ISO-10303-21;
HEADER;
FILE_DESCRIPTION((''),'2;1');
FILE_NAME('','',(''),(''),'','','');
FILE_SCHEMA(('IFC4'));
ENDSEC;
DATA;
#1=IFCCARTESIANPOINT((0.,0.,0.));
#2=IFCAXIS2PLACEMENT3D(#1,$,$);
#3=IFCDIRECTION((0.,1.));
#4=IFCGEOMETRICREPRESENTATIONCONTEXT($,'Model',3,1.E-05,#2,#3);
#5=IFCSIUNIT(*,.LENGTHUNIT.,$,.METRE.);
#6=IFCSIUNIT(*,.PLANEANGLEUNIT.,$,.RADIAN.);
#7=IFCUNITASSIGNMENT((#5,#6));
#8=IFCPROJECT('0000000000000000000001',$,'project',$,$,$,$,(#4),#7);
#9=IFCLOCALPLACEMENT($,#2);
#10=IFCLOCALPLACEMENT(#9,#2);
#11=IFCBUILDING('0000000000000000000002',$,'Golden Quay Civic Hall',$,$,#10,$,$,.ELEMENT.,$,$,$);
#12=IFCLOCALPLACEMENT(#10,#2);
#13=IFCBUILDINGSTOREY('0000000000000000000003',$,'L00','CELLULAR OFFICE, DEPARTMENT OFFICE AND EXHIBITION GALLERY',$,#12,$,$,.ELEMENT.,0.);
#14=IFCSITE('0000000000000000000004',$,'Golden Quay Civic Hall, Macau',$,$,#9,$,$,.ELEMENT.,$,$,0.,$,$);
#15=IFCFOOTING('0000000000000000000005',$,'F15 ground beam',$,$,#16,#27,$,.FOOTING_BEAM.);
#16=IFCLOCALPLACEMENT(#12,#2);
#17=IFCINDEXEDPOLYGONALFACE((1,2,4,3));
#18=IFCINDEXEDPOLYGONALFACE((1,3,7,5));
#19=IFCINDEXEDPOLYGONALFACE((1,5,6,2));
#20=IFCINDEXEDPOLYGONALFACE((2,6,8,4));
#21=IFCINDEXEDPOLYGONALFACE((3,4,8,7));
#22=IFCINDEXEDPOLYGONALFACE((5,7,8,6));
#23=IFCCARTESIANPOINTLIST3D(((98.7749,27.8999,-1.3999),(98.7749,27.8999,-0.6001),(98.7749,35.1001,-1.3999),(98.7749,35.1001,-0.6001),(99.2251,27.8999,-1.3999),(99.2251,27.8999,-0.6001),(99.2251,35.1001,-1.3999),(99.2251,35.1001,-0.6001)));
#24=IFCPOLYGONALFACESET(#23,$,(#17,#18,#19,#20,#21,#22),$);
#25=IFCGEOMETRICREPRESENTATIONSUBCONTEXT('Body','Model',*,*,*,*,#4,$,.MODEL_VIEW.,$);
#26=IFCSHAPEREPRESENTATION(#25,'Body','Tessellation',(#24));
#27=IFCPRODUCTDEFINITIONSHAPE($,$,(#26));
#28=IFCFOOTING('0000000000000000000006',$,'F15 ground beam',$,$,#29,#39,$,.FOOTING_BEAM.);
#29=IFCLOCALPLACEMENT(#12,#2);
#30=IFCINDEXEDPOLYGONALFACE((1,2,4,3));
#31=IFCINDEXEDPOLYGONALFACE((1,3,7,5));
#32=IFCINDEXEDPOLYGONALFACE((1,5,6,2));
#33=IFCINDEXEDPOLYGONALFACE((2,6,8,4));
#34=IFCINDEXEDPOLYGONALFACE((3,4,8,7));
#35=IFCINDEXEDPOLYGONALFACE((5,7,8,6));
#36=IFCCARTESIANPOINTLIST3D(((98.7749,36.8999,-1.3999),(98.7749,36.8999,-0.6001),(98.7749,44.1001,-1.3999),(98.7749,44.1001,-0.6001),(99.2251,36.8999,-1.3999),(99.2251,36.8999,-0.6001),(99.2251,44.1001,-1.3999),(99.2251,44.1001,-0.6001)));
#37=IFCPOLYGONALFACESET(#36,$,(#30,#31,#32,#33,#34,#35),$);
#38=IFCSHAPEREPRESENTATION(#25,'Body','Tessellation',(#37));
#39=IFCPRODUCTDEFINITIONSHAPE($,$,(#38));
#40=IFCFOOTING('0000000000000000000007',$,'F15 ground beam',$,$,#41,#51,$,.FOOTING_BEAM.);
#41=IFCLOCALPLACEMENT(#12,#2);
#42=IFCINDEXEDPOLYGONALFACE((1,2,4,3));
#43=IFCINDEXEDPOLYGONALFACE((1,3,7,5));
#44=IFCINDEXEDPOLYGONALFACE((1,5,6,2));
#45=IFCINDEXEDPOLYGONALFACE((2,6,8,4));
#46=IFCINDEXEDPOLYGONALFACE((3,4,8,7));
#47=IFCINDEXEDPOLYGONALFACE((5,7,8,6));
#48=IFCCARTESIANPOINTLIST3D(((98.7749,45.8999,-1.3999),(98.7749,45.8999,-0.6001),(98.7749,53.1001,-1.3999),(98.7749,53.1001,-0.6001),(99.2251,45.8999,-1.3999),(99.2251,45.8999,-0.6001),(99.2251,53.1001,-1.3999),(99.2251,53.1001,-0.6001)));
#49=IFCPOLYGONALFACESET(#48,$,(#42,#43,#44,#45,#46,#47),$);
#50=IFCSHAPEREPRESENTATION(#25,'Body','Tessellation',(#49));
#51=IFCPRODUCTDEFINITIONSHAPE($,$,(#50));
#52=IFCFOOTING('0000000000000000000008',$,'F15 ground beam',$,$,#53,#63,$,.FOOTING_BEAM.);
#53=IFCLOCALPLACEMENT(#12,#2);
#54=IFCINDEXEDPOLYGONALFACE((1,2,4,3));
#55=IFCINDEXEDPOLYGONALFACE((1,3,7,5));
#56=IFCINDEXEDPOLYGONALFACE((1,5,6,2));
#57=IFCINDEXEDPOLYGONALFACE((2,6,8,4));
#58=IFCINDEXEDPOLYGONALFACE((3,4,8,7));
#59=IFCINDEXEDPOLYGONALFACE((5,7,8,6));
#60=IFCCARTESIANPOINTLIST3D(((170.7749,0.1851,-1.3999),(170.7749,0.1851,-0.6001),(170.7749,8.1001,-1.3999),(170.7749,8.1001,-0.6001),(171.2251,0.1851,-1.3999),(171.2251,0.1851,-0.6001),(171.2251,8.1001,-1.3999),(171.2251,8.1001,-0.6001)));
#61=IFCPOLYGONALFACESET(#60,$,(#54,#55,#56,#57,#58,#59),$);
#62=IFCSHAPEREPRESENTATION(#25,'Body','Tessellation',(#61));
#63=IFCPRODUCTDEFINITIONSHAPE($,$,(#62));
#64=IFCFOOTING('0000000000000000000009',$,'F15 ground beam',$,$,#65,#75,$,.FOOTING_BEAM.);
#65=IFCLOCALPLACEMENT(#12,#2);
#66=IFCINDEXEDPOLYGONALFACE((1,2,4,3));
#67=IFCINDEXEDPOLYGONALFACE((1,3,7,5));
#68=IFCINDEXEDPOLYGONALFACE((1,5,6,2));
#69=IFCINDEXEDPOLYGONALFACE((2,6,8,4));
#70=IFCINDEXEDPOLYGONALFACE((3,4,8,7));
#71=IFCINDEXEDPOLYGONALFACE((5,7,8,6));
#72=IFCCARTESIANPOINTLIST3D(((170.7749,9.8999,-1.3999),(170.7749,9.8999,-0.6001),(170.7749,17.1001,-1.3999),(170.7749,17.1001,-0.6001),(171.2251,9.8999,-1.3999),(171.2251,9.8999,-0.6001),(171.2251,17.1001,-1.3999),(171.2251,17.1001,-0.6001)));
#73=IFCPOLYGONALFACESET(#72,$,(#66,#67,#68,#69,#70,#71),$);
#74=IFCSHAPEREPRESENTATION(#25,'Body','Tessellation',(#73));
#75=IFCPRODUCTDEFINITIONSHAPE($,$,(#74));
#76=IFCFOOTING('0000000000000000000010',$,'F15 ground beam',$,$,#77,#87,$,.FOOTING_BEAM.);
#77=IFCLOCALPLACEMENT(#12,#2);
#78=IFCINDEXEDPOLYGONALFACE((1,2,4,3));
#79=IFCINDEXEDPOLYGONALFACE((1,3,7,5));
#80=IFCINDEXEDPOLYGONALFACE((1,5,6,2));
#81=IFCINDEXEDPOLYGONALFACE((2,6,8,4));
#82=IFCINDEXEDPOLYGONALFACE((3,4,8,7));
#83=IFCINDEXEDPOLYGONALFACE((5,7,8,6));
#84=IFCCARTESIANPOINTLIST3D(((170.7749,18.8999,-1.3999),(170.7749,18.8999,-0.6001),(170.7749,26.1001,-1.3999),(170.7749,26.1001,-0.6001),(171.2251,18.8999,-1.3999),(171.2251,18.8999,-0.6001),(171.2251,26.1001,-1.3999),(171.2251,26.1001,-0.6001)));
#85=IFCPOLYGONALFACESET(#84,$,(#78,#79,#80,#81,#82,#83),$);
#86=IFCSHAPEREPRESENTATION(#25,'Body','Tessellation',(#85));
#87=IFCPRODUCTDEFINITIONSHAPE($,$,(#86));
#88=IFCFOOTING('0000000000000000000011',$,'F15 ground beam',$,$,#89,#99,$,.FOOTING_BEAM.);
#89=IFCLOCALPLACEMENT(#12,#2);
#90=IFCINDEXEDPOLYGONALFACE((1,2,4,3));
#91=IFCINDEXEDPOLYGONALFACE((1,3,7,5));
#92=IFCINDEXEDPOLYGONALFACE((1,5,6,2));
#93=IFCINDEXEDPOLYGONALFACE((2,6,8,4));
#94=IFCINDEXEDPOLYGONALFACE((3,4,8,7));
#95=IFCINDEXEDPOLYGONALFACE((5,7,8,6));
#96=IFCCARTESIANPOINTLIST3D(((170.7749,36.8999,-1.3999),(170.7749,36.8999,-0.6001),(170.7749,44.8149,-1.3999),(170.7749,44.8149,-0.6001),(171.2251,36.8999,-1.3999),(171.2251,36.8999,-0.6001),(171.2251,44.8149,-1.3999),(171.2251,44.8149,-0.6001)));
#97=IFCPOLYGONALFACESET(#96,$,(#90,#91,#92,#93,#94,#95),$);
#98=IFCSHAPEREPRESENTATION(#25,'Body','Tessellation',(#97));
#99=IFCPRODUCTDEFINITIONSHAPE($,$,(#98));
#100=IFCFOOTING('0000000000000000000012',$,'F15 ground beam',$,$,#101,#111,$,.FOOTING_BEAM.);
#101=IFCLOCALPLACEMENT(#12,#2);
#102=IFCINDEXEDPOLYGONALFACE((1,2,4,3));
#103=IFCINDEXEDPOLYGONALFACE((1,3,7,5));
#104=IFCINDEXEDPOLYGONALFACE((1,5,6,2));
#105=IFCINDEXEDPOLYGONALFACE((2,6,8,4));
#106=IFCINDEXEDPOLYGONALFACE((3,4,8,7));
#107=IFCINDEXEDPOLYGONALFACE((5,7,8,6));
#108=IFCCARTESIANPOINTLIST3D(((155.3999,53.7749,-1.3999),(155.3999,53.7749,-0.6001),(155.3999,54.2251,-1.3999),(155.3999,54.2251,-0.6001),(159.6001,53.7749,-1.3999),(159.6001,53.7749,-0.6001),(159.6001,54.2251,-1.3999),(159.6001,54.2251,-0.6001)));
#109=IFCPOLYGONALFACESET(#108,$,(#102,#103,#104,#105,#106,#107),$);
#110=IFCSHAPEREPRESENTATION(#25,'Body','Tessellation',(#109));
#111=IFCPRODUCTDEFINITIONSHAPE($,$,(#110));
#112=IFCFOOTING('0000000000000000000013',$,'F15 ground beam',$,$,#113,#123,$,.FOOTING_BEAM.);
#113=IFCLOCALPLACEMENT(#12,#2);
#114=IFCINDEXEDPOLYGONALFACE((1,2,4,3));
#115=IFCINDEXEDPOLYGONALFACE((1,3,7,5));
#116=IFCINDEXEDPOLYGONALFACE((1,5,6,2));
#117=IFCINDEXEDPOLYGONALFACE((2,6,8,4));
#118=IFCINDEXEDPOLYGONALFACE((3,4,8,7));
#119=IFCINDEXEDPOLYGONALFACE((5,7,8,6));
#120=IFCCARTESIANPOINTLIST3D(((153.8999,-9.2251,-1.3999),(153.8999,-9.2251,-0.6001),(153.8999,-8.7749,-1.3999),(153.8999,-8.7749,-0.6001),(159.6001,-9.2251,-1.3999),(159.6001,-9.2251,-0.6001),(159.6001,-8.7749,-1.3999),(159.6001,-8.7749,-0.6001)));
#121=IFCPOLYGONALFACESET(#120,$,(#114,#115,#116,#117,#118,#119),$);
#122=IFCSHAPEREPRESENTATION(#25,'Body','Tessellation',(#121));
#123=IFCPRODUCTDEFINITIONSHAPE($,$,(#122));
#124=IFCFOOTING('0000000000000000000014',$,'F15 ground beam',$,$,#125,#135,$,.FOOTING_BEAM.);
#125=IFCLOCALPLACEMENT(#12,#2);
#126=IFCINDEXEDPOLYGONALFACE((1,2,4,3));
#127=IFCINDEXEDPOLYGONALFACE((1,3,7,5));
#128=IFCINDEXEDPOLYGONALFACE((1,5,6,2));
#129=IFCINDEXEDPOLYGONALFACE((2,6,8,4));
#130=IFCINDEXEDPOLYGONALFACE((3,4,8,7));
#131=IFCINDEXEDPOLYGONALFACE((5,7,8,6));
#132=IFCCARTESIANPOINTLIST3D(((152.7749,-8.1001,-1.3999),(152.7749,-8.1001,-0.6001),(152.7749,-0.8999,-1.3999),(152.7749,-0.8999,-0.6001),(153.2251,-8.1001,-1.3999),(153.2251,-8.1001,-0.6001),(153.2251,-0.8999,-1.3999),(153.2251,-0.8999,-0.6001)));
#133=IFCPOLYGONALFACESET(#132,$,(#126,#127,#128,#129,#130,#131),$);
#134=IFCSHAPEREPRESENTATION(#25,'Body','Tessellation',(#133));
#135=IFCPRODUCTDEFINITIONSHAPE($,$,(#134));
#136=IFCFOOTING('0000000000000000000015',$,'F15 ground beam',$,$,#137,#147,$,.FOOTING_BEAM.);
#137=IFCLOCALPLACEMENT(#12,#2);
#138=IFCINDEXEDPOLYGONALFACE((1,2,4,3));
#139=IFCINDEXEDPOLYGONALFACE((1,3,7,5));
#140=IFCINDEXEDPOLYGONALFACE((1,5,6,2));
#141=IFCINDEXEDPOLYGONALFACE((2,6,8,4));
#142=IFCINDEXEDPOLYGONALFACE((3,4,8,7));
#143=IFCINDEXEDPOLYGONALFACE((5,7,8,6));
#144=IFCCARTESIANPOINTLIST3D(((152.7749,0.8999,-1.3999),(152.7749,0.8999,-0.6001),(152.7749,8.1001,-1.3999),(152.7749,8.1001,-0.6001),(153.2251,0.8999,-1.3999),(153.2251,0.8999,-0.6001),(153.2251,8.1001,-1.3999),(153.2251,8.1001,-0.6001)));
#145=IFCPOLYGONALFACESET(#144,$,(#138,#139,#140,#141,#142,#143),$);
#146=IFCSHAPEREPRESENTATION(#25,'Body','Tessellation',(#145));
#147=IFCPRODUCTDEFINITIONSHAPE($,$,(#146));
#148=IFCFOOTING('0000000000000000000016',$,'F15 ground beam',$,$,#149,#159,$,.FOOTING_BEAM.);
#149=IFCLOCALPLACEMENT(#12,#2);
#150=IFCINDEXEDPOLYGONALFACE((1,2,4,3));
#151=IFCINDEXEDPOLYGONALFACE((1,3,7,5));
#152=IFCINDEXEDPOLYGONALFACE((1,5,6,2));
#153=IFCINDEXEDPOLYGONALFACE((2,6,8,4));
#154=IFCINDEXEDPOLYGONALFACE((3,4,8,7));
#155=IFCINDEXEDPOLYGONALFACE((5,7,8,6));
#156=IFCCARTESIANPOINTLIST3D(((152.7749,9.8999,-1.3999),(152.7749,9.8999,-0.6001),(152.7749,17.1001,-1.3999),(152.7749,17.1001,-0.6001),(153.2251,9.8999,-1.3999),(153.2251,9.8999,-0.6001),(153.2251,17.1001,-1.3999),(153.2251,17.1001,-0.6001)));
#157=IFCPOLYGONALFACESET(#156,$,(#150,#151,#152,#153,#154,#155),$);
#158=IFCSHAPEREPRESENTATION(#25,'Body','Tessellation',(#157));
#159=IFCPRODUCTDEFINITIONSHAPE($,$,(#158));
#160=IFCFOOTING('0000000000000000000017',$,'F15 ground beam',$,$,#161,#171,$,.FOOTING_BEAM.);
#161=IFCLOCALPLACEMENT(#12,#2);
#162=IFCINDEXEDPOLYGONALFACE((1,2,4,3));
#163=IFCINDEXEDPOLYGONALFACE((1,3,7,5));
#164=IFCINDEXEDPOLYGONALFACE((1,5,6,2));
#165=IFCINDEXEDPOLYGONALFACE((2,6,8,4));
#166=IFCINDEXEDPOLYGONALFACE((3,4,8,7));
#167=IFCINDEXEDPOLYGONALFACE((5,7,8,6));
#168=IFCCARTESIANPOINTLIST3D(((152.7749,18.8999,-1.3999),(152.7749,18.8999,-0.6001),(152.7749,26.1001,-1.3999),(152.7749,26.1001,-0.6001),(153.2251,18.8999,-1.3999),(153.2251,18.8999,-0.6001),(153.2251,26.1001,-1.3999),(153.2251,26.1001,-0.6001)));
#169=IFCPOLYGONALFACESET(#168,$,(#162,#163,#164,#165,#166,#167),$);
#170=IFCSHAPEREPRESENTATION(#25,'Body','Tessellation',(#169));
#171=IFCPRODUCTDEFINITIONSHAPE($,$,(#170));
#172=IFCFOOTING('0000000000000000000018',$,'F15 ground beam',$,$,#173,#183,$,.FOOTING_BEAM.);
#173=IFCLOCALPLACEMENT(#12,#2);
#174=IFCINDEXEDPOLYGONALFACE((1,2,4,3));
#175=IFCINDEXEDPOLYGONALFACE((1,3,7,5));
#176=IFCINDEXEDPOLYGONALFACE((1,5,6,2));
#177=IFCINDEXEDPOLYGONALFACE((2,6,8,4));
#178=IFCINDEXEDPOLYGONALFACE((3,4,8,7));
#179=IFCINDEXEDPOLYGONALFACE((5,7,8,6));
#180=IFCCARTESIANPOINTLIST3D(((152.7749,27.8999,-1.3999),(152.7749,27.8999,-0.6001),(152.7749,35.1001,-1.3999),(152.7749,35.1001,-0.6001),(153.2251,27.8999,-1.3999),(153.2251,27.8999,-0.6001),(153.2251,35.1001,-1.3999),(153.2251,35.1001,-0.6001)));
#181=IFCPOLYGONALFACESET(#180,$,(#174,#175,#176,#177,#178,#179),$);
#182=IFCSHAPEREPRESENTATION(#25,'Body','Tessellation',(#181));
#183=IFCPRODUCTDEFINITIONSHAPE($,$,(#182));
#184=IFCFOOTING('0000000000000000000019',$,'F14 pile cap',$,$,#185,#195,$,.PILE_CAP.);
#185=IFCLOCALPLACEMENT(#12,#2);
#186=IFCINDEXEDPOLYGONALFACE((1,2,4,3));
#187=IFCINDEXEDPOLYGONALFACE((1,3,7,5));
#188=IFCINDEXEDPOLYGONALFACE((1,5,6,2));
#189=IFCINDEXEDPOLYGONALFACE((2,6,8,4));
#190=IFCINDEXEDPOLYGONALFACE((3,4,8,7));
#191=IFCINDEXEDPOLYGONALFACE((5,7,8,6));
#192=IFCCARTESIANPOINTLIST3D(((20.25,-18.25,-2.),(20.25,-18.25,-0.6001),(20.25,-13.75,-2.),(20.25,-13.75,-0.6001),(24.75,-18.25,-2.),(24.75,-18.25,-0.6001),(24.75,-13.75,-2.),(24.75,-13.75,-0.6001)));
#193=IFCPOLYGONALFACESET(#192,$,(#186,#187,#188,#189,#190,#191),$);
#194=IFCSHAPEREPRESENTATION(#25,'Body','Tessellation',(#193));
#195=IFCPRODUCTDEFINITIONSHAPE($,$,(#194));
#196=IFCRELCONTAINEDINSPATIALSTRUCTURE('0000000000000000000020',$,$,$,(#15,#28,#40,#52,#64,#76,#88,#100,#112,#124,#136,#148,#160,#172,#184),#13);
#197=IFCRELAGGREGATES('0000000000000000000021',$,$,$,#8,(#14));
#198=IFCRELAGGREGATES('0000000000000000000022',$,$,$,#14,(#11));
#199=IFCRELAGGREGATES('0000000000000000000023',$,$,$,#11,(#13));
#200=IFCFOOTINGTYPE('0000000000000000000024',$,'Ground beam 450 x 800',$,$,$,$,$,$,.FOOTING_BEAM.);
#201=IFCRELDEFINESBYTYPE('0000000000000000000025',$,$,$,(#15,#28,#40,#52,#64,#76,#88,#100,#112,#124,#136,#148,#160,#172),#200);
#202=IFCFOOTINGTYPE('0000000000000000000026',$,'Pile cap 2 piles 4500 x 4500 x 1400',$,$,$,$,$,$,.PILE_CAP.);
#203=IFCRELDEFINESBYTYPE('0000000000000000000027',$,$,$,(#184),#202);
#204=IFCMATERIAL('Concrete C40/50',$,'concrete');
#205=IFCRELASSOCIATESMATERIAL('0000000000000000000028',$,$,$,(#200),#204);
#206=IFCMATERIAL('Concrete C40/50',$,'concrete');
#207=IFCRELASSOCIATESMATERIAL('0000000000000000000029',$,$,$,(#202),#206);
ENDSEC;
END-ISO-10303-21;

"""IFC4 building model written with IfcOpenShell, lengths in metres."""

from ifc_helpers import new_model, si_unit, direction, frame, origin, place, context, subcontext, project, spatial, polyline, outline, extrude, material, type_object, element, save


model = new_model("IFC4")

# Units and contexts
model_context = context("Model", 3, precision=1e-05, world=origin(), true_north=direction((0.0, 1.0)))
body_context = subcontext(model_context, "Body", "Model", "MODEL_VIEW")
ifc_project = project(units=[si_unit("LENGTHUNIT", "METRE"), si_unit("PLANEANGLEUNIT", "RADIAN")], contexts=[model_context])

# Site, building, storey
site_placement = place(None, origin())
site = spatial("IfcSite", under=ifc_project, at=site_placement, Name="Golden Quay Civic Hall, Macau", CompositionType="ELEMENT", RefElevation=0.0)
building_placement = place(site_placement, origin())
building = spatial("IfcBuilding", under=site, at=building_placement, Name="Golden Quay Civic Hall", CompositionType="ELEMENT")
storey_placement = place(building_placement, origin())
storey = spatial("IfcBuildingStorey", under=building, at=storey_placement, Name="L00", Description="CELLULAR OFFICE, DEPARTMENT OFFICE AND EXHIBITION GALLERY", CompositionType="ELEMENT", Elevation=0.0)

# Footings
ifc_material_1 = material(Name="Concrete C40/50", Category="concrete")
footing_type_1 = type_object("IfcFootingType", Name="Ground beam 450 x 800", PredefinedType="FOOTING_BEAM", material=ifc_material_1)
footing_1_placement = place(storey_placement, frame((0.0, 0.0, -1.3999)))
element("IfcFooting", 1, at=footing_1_placement, inside=storey, type_object=footing_type_1, Name="F15 ground beam", PredefinedType="FOOTING_BEAM", context=body_context, shape_type="SweptSolid", body=[
    extrude(outline(polyline([(98.7749, 35.1001), (99.2251, 35.1001), (99.2251, 27.8999), (98.7749, 27.8999), (98.7749, 35.1001)])), origin(), (0.0, 0.0, 1.0), 0.7998),
])
footing_2_placement = place(storey_placement, frame((0.0, 0.0, -1.3999)))
element("IfcFooting", 2, at=footing_2_placement, inside=storey, type_object=footing_type_1, Name="F15 ground beam", PredefinedType="FOOTING_BEAM", context=body_context, shape_type="SweptSolid", body=[
    extrude(outline(polyline([(98.7749, 44.1001), (99.2251, 44.1001), (99.2251, 36.8999), (98.7749, 36.8999), (98.7749, 44.1001)])), origin(), (0.0, 0.0, 1.0), 0.7998),
])
footing_3_placement = place(storey_placement, frame((0.0, 0.0, -1.3999)))
element("IfcFooting", 3, at=footing_3_placement, inside=storey, type_object=footing_type_1, Name="F15 ground beam", PredefinedType="FOOTING_BEAM", context=body_context, shape_type="SweptSolid", body=[
    extrude(outline(polyline([(98.7749, 53.1001), (99.2251, 53.1001), (99.2251, 45.8999), (98.7749, 45.8999), (98.7749, 53.1001)])), origin(), (0.0, 0.0, 1.0), 0.7998),
])
footing_4_placement = place(storey_placement, frame((0.0, 0.0, -1.3999)))
element("IfcFooting", 4, at=footing_4_placement, inside=storey, type_object=footing_type_1, Name="F15 ground beam", PredefinedType="FOOTING_BEAM", context=body_context, shape_type="SweptSolid", body=[
    extrude(outline(polyline([(171.2251, 0.1851), (170.7749, 0.1851), (170.7749, 8.1001), (171.2251, 8.1001), (171.2251, 0.1851)])), origin(), (0.0, 0.0, 1.0), 0.7998),
])
footing_5_placement = place(storey_placement, frame((0.0, 0.0, -1.3999)))
element("IfcFooting", 5, at=footing_5_placement, inside=storey, type_object=footing_type_1, Name="F15 ground beam", PredefinedType="FOOTING_BEAM", context=body_context, shape_type="SweptSolid", body=[
    extrude(outline(polyline([(171.2251, 9.8999), (170.7749, 9.8999), (170.7749, 17.1001), (171.2251, 17.1001), (171.2251, 9.8999)])), origin(), (0.0, 0.0, 1.0), 0.7998),
])
footing_6_placement = place(storey_placement, frame((0.0, 0.0, -1.3999)))
element("IfcFooting", 6, at=footing_6_placement, inside=storey, type_object=footing_type_1, Name="F15 ground beam", PredefinedType="FOOTING_BEAM", context=body_context, shape_type="SweptSolid", body=[
    extrude(outline(polyline([(171.2251, 18.8999), (170.7749, 18.8999), (170.7749, 26.1001), (171.2251, 26.1001), (171.2251, 18.8999)])), origin(), (0.0, 0.0, 1.0), 0.7998),
])
footing_7_placement = place(storey_placement, frame((0.0, 0.0, -1.3999)))
element("IfcFooting", 7, at=footing_7_placement, inside=storey, type_object=footing_type_1, Name="F15 ground beam", PredefinedType="FOOTING_BEAM", context=body_context, shape_type="SweptSolid", body=[
    extrude(outline(polyline([(171.2251, 36.8999), (170.7749, 36.8999), (170.7749, 44.8149), (171.2251, 44.8149), (171.2251, 36.8999)])), origin(), (0.0, 0.0, 1.0), 0.7998),
])
footing_8_placement = place(storey_placement, frame((0.0, 0.0, -1.3999)))
element("IfcFooting", 8, at=footing_8_placement, inside=storey, type_object=footing_type_1, Name="F15 ground beam", PredefinedType="FOOTING_BEAM", context=body_context, shape_type="SweptSolid", body=[
    extrude(outline(polyline([(159.6001, 54.2251), (159.6001, 53.7749), (155.3999, 53.7749), (155.3999, 54.2251), (159.6001, 54.2251)])), origin(), (0.0, 0.0, 1.0), 0.7998),
])
footing_9_placement = place(storey_placement, frame((0.0, 0.0, -1.3999)))
element("IfcFooting", 9, at=footing_9_placement, inside=storey, type_object=footing_type_1, Name="F15 ground beam", PredefinedType="FOOTING_BEAM", context=body_context, shape_type="SweptSolid", body=[
    extrude(outline(polyline([(153.8999, -9.2251), (153.8999, -8.7749), (159.6001, -8.7749), (159.6001, -9.2251), (153.8999, -9.2251)])), origin(), (0.0, 0.0, 1.0), 0.7998),
])
footing_10_placement = place(storey_placement, frame((0.0, 0.0, -1.3999)))
element("IfcFooting", 10, at=footing_10_placement, inside=storey, type_object=footing_type_1, Name="F15 ground beam", PredefinedType="FOOTING_BEAM", context=body_context, shape_type="SweptSolid", body=[
    extrude(outline(polyline([(152.7749, -0.8999), (153.2251, -0.8999), (153.2251, -8.1001), (152.7749, -8.1001), (152.7749, -0.8999)])), origin(), (0.0, 0.0, 1.0), 0.7998),
])
footing_11_placement = place(storey_placement, frame((0.0, 0.0, -1.3999)))
element("IfcFooting", 11, at=footing_11_placement, inside=storey, type_object=footing_type_1, Name="F15 ground beam", PredefinedType="FOOTING_BEAM", context=body_context, shape_type="SweptSolid", body=[
    extrude(outline(polyline([(152.7749, 8.1001), (153.2251, 8.1001), (153.2251, 0.8999), (152.7749, 0.8999), (152.7749, 8.1001)])), origin(), (0.0, 0.0, 1.0), 0.7998),
])
footing_12_placement = place(storey_placement, frame((0.0, 0.0, -1.3999)))
element("IfcFooting", 12, at=footing_12_placement, inside=storey, type_object=footing_type_1, Name="F15 ground beam", PredefinedType="FOOTING_BEAM", context=body_context, shape_type="SweptSolid", body=[
    extrude(outline(polyline([(152.7749, 17.1001), (153.2251, 17.1001), (153.2251, 9.8999), (152.7749, 9.8999), (152.7749, 17.1001)])), origin(), (0.0, 0.0, 1.0), 0.7998),
])
footing_13_placement = place(storey_placement, frame((0.0, 0.0, -1.3999)))
element("IfcFooting", 13, at=footing_13_placement, inside=storey, type_object=footing_type_1, Name="F15 ground beam", PredefinedType="FOOTING_BEAM", context=body_context, shape_type="SweptSolid", body=[
    extrude(outline(polyline([(152.7749, 26.1001), (153.2251, 26.1001), (153.2251, 18.8999), (152.7749, 18.8999), (152.7749, 26.1001)])), origin(), (0.0, 0.0, 1.0), 0.7998),
])
footing_14_placement = place(storey_placement, frame((0.0, 0.0, -1.3999)))
element("IfcFooting", 14, at=footing_14_placement, inside=storey, type_object=footing_type_1, Name="F15 ground beam", PredefinedType="FOOTING_BEAM", context=body_context, shape_type="SweptSolid", body=[
    extrude(outline(polyline([(152.7749, 35.1001), (153.2251, 35.1001), (153.2251, 27.8999), (152.7749, 27.8999), (152.7749, 35.1001)])), origin(), (0.0, 0.0, 1.0), 0.7998),
])
ifc_material_2 = material(Name="Concrete C40/50", Category="concrete")
footing_type_2 = type_object("IfcFootingType", Name="Pile cap 2 piles 4500 x 4500 x 1400", PredefinedType="PILE_CAP", material=ifc_material_2)
footing_15_placement = place(storey_placement, frame((0.0, 0.0, -2.0)))
element("IfcFooting", 15, at=footing_15_placement, inside=storey, type_object=footing_type_2, Name="F14 pile cap", PredefinedType="PILE_CAP", context=body_context, shape_type="SweptSolid", body=[
    extrude(outline(polyline([(24.75, -18.25), (24.75, -13.75), (20.25, -13.75), (20.25, -18.25), (24.75, -18.25)])), origin(), (0.0, 0.0, 1.0), 1.3999),
])

save(model, "model.ifc")
